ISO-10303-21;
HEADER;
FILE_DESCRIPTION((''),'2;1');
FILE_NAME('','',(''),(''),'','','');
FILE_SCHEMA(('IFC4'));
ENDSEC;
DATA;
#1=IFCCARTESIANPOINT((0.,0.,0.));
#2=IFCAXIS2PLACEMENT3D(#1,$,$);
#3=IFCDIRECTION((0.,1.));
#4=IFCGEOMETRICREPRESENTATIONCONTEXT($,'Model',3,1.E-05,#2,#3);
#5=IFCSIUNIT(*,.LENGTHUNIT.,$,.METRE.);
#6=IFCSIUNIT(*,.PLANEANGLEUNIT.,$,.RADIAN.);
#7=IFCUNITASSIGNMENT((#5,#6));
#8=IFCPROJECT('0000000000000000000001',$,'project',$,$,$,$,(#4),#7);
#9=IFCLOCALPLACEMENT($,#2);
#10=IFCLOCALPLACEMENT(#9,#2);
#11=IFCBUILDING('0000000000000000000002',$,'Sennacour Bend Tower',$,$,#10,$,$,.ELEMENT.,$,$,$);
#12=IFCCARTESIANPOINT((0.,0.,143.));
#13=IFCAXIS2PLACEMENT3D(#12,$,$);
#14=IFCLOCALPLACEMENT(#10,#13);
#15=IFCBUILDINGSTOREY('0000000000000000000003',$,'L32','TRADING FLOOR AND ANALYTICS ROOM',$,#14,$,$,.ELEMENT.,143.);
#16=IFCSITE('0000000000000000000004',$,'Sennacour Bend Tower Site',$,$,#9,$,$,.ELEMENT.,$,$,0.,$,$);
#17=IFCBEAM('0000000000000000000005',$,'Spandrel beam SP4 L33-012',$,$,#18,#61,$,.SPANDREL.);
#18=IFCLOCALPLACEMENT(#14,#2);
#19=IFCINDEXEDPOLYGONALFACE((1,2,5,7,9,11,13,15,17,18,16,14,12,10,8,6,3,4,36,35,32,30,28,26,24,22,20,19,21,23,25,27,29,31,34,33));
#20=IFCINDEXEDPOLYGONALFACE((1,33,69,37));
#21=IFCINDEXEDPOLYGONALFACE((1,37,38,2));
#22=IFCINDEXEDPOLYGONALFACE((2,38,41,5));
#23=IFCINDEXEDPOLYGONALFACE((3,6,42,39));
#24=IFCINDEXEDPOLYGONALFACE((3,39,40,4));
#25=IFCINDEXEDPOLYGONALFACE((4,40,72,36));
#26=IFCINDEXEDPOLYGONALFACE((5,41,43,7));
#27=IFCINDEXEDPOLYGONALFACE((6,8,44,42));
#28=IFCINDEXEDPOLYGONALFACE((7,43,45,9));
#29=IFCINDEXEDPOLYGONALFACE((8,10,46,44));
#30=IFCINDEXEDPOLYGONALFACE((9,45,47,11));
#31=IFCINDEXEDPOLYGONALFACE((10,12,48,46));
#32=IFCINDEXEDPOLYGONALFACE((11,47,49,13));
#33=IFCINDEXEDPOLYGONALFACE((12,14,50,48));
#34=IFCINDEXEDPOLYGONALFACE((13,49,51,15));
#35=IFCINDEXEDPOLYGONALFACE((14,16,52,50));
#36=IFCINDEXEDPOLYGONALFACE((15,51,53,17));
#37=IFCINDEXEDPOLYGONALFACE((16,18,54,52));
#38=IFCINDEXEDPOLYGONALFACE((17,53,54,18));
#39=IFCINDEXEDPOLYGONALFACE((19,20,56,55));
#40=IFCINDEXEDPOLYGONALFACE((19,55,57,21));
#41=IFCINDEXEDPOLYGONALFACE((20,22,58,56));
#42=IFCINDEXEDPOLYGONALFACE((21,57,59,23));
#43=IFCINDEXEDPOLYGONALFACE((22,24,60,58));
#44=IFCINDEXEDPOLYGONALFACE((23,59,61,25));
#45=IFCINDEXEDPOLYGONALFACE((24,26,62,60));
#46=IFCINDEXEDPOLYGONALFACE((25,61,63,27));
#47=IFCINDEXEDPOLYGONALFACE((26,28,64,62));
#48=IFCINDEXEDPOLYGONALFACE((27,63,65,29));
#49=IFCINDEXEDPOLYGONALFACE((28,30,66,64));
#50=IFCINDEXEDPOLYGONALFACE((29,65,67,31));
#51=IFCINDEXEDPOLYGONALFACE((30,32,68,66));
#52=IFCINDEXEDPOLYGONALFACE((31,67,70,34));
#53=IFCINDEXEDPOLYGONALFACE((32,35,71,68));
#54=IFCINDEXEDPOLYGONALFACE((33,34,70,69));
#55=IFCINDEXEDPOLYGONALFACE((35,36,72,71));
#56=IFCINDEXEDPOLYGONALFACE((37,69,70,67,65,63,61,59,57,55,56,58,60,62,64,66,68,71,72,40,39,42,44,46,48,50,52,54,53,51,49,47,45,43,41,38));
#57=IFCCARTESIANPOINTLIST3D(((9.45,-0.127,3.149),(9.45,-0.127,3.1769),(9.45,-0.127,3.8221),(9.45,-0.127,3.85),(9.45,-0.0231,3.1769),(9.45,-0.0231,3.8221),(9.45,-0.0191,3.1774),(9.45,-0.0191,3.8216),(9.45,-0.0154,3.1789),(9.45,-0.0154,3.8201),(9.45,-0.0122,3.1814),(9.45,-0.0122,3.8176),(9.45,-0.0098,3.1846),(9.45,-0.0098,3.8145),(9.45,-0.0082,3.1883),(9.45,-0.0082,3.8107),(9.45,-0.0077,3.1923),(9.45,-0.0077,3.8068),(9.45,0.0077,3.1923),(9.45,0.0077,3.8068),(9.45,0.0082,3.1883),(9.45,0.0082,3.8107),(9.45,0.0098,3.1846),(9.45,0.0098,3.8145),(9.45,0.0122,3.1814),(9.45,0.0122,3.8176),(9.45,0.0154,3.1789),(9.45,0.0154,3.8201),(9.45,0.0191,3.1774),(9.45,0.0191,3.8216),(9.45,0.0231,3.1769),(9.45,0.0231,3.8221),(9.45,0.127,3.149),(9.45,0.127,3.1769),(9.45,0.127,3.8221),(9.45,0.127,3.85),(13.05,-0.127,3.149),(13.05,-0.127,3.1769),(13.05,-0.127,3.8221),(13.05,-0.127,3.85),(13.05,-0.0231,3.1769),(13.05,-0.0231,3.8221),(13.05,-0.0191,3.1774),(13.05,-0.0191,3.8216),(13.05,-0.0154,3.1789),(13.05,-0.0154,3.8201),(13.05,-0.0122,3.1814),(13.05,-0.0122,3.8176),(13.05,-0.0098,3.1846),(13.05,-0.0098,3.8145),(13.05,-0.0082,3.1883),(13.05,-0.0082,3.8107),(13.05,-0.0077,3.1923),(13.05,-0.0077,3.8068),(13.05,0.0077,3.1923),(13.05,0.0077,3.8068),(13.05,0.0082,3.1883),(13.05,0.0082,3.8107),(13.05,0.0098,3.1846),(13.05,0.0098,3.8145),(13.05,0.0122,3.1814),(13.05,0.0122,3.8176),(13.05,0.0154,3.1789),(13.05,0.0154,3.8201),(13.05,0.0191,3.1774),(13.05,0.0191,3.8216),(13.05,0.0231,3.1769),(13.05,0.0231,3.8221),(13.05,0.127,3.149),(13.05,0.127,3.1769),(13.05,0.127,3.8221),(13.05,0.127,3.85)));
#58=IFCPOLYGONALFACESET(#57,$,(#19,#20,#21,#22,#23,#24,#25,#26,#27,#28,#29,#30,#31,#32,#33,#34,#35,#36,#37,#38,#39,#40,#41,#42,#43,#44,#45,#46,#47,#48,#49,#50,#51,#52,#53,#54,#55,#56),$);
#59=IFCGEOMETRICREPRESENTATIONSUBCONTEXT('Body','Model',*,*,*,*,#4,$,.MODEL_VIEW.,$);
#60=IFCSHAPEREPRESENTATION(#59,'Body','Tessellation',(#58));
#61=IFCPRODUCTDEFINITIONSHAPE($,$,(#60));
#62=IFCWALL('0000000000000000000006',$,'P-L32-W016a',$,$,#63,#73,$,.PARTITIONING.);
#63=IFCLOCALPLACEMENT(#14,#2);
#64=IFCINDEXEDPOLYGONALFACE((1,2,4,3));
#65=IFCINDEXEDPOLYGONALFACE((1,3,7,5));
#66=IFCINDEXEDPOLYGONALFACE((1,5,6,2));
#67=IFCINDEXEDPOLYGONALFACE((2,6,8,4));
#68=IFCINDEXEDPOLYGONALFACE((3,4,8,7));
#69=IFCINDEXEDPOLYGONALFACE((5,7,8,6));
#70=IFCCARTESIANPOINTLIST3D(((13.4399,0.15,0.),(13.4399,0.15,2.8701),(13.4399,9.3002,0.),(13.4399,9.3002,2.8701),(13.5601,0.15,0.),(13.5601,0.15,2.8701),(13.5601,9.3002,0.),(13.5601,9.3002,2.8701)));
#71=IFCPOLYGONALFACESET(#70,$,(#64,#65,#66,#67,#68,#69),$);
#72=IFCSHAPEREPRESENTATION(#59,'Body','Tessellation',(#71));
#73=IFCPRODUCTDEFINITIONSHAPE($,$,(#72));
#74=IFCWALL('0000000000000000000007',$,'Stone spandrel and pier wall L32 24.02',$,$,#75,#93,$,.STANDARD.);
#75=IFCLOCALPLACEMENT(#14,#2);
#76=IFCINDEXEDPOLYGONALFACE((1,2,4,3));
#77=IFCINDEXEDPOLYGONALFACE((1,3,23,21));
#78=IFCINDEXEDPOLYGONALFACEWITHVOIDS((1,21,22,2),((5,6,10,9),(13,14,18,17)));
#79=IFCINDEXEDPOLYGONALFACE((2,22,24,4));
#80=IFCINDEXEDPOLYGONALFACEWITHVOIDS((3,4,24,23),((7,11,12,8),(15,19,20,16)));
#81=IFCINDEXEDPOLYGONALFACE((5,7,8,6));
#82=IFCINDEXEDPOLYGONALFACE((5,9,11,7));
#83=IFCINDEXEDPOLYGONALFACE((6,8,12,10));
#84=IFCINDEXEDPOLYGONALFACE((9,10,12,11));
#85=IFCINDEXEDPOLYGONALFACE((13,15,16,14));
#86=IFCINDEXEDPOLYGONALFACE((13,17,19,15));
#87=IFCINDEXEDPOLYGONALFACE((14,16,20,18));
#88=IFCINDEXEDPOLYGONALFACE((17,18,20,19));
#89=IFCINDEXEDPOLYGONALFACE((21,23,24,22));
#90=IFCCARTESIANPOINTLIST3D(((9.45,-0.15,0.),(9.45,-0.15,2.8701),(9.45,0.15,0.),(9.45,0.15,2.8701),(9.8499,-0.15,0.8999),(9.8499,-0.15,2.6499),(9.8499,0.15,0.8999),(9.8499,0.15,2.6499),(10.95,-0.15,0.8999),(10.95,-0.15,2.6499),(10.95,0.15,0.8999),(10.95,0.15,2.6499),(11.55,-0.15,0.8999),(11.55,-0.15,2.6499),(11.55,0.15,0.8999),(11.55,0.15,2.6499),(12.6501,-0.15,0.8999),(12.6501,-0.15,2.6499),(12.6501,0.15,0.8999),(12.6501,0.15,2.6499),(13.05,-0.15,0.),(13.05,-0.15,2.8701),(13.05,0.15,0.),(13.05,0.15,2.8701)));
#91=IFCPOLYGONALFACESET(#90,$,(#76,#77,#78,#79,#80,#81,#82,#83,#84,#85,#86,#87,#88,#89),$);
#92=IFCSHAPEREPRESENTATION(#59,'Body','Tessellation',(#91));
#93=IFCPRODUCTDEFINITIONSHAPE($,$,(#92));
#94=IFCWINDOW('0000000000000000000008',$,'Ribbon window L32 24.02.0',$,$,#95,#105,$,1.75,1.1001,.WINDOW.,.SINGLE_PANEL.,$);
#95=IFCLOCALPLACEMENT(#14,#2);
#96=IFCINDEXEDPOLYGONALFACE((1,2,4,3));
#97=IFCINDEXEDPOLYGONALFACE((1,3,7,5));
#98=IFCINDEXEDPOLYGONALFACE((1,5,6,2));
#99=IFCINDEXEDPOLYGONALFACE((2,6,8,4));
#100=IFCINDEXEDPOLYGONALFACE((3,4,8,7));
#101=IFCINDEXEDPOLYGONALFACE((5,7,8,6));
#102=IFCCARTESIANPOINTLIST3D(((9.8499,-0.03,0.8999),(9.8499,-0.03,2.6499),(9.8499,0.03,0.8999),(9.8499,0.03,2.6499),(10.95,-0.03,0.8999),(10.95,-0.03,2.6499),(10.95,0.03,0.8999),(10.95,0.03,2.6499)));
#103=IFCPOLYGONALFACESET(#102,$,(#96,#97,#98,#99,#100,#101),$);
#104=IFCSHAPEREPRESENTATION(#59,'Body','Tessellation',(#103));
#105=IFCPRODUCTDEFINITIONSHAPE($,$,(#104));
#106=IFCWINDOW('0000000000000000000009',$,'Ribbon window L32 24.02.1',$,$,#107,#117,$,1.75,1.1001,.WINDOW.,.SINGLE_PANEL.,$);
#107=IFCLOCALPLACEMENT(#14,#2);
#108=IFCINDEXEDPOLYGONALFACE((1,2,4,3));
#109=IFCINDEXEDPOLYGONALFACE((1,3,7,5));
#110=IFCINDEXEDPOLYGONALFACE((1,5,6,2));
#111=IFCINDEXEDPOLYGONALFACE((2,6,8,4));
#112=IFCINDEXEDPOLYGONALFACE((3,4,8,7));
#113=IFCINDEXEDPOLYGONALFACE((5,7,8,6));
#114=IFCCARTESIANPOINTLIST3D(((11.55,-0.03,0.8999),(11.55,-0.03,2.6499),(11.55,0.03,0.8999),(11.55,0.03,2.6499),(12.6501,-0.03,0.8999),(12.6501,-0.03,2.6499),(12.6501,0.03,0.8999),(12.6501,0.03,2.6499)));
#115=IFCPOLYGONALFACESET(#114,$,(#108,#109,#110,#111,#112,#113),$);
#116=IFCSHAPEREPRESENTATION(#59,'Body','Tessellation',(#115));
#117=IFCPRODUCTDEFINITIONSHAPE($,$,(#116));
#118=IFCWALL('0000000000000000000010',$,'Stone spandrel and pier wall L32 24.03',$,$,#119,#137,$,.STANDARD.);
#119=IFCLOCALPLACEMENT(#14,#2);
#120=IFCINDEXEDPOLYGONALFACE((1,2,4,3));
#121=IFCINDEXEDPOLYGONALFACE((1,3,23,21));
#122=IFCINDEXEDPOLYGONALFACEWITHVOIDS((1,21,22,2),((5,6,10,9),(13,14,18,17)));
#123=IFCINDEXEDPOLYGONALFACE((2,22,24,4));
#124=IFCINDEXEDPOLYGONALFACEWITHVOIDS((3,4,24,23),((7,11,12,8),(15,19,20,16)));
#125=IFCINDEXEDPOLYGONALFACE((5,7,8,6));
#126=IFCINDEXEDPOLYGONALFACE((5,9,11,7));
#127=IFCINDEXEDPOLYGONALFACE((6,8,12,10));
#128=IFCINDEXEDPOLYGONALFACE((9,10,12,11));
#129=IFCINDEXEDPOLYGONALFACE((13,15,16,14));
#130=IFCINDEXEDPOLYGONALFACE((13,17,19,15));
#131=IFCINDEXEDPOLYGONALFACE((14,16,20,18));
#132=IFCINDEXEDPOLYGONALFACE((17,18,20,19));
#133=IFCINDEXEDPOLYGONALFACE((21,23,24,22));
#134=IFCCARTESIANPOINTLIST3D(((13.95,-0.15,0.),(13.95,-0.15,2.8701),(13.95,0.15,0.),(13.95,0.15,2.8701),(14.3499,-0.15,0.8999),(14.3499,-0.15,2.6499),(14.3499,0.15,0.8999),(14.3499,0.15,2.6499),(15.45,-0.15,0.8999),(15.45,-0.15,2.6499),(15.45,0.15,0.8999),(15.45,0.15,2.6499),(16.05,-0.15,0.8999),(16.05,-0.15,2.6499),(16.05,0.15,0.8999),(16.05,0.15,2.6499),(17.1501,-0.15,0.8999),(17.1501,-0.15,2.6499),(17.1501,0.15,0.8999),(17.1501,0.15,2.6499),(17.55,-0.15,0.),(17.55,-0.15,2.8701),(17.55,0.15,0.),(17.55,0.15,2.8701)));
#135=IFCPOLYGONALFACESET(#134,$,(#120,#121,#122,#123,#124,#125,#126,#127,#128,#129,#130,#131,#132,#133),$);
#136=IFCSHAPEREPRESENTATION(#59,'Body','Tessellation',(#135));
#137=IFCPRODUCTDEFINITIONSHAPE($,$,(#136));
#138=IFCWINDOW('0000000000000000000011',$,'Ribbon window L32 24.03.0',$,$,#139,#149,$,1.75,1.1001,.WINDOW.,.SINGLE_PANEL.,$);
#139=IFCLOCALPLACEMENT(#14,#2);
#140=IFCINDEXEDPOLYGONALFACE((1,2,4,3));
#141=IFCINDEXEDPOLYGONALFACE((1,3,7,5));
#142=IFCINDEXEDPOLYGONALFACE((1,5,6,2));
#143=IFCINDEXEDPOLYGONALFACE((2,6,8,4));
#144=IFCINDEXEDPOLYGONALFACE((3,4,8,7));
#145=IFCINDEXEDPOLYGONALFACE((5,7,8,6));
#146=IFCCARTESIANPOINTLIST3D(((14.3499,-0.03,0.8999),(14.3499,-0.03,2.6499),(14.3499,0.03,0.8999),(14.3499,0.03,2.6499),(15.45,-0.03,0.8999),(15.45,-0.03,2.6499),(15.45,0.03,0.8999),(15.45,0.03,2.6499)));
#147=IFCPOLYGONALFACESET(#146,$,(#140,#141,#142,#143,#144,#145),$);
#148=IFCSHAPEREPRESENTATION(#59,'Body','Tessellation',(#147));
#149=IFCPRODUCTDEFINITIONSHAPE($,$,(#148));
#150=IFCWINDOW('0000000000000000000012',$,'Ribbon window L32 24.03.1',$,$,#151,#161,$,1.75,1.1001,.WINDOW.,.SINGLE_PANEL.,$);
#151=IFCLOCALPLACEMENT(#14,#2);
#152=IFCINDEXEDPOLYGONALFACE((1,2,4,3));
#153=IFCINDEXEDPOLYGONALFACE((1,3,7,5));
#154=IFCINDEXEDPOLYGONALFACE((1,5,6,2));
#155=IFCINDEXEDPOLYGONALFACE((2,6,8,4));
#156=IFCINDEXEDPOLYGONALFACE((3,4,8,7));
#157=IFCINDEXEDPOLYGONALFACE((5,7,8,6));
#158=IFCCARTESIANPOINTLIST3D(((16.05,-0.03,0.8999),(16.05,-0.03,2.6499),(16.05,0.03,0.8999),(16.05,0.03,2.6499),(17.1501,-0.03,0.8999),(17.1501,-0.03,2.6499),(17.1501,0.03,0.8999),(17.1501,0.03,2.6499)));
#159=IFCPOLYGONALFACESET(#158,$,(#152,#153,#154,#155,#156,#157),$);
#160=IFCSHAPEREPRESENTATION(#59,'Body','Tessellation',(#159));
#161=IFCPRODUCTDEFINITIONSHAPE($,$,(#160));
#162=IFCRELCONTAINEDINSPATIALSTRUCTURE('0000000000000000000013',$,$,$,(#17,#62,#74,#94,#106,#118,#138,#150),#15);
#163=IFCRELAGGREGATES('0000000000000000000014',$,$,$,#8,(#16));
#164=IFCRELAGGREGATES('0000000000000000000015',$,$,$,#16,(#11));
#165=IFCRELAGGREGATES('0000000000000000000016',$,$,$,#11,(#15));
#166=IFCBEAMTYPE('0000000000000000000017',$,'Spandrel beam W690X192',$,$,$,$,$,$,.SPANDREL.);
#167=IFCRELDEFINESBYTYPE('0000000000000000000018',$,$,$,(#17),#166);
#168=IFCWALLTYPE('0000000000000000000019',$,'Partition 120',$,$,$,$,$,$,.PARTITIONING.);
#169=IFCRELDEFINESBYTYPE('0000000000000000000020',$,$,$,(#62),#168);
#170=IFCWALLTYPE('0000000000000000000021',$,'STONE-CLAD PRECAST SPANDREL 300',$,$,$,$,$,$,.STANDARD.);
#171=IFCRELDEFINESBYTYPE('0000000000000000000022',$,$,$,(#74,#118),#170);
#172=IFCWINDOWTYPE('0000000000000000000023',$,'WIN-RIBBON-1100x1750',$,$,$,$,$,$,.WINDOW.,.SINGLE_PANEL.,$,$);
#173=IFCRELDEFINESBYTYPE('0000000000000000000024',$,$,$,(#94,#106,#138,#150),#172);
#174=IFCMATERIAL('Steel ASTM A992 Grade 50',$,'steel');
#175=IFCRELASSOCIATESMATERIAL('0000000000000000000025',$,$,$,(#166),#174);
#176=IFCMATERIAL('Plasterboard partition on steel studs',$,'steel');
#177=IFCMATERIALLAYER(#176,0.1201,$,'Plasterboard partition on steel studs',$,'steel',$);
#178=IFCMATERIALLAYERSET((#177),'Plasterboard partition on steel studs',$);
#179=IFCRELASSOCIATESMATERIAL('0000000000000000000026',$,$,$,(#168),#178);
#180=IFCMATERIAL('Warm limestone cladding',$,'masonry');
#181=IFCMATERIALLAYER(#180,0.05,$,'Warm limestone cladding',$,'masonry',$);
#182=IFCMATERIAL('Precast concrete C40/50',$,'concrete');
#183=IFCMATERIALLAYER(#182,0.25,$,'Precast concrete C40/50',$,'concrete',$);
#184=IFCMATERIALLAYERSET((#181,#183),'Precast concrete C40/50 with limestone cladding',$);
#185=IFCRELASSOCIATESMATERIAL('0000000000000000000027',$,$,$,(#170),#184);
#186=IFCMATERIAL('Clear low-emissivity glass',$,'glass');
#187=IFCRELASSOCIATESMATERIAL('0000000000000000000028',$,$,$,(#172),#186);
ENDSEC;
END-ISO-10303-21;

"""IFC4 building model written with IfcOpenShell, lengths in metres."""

from ifc_helpers import new_model, si_unit, direction, frame, frame_2d, origin, origin_2d, place, context, subcontext, project, spatial, rectangle, i_section, extrude, material, layer, layer_set, material_profile, profile_set, type_object, element, fill, save


model = new_model("IFC4")

# Units and contexts
model_context = context("Model", 3, precision=1e-05, world=origin(), true_north=direction((0.0, 1.0)))
body_context = subcontext(model_context, "Body", "Model", "MODEL_VIEW")
ifc_project = project(units=[si_unit("LENGTHUNIT", "METRE"), si_unit("PLANEANGLEUNIT", "RADIAN")], contexts=[model_context])

# Site, building, storey
site_placement = place(None, origin())
site = spatial("IfcSite", under=ifc_project, at=site_placement, Name="Sennacour Bend Tower Site", CompositionType="ELEMENT", RefElevation=0.0)
building_placement = place(site_placement, origin())
building = spatial("IfcBuilding", under=site, at=building_placement, Name="Sennacour Bend Tower", CompositionType="ELEMENT")
storey_placement = place(building_placement, frame((0.0, 0.0, 143.0)))
storey = spatial("IfcBuildingStorey", under=building, at=storey_placement, Name="L32", Description="TRADING FLOOR AND ANALYTICS ROOM", CompositionType="ELEMENT", Elevation=143.0)

# Beam
ifc_material_1 = material(Name="Steel ASTM A992 Grade 50", Category="steel")
ifc_material_profile_1 = material_profile(ifc_material_1, i_section(OverallWidth=0.2539, OverallDepth=0.7009, WebThickness=0.0154, FlangeThickness=0.0278, FilletRadius=0.0154, at=origin_2d()), Name="Steel ASTM A992 Grade 50", Category="steel")
ifc_profile_set_1 = profile_set([ifc_material_profile_1], Name="Steel ASTM A992 Grade 50")
beam_type_1 = type_object("IfcBeamType", Name="Spandrel beam W690X192", PredefinedType="SPANDREL", material=ifc_profile_set_1)
for number, where, z_axis, x_axis, name in (
    (1, (13.05, 0.0, 3.4995), (-1.0, 0.0, 0.0), (0.0, -1.0, 0.0), "Spandrel beam SP4 L33-012"),
):
    element("IfcBeam", number, at=place(storey_placement, frame(where, z_axis=z_axis, x_axis=x_axis)), inside=storey, type_object=beam_type_1, Name=name, PredefinedType="SPANDREL", context=body_context, shape_type="SweptSolid", body=[
        extrude(i_section(OverallWidth=0.2539, OverallDepth=0.7009, WebThickness=0.0154, FlangeThickness=0.0278, FilletRadius=0.0154, at=origin_2d()), origin(), (0.0, 0.0, 1.0), 3.6001),
    ])

# Wall
ifc_material_2 = material(Name="Plasterboard partition on steel studs", Category="steel")
ifc_layer_1 = layer(ifc_material_2, 0.1201, Name="Plasterboard partition on steel studs", Category="steel")
ifc_layer_set_1 = layer_set([ifc_layer_1], Name="Plasterboard partition on steel studs")
wall_type_1 = type_object("IfcWallType", Name="Partition 120", PredefinedType="PARTITIONING", material=ifc_layer_set_1)
wall_1_placement = place(storey_placement, frame((13.5, 0.1499, 0.0), z_axis=(0.0, 0.0, 1.0), x_axis=(0.0, 1.0, 0.0)))
element("IfcWall", 2, at=wall_1_placement, inside=storey, type_object=wall_type_1, Name="P-L32-W016a", PredefinedType="PARTITIONING", context=body_context, shape_type="SweptSolid", body=[
    extrude(rectangle(XDim=9.1501, YDim=0.1201, at=frame_2d((4.5752, 0.0))), origin(), (0.0, 0.0, 1.0), 2.8701),
])

# Walls, openings, windows
ifc_material_3 = material(Name="Warm limestone cladding", Category="masonry")
ifc_layer_2 = layer(ifc_material_3, 0.05, Name="Warm limestone cladding", Category="masonry")
ifc_material_4 = material(Name="Precast concrete C40/50", Category="concrete")
ifc_layer_3 = layer(ifc_material_4, 0.25, Name="Precast concrete C40/50", Category="concrete")
ifc_layer_set_2 = layer_set([ifc_layer_2, ifc_layer_3], Name="Precast concrete C40/50 with limestone cladding")
wall_type_2 = type_object("IfcWallType", Name="STONE-CLAD PRECAST SPANDREL 300", PredefinedType="STANDARD", material=ifc_layer_set_2)
wall_2_placement = place(storey_placement, frame((9.45, 0.0, 0.0), z_axis=(0.0, 0.0, 1.0), x_axis=(1.0, 0.0, 0.0)))
wall_2 = element("IfcWall", 3, at=wall_2_placement, inside=storey, type_object=wall_type_2, Name="Stone spandrel and pier wall L32 24.02", PredefinedType="STANDARD", context=body_context, shape_type="SweptSolid", body=[
    extrude(rectangle(XDim=3.6001, YDim=0.3, at=frame_2d((1.8, 0.0))), origin(), (0.0, 0.0, 1.0), 2.8701),
])
opening_1_placement = place(wall_2_placement, frame((0.3999, 0.0, 0.8999)))
opening_1 = element("IfcOpeningElement", 4, at=opening_1_placement, cuts=wall_2, PredefinedType="OPENING", context=body_context, shape_type="SweptSolid", body=[
    extrude(rectangle(XDim=1.1001, YDim=1.75, at=frame_2d((0.55, 0.875))), frame((0.0, 0.1602, 0.0), z_axis=(0.0, -1.0, 0.0), x_axis=(1.0, 0.0, 0.0)), (0.0, 0.0, 1.0), 0.3201),
])
opening_2_placement = place(wall_2_placement, frame((2.1001, 0.0, 0.8999)))
opening_2 = element("IfcOpeningElement", 5, at=opening_2_placement, cuts=wall_2, PredefinedType="OPENING", context=body_context, shape_type="SweptSolid", body=[
    extrude(rectangle(XDim=1.1001, YDim=1.75, at=frame_2d((0.55, 0.875))), frame((0.0, 0.1602, 0.0), z_axis=(0.0, -1.0, 0.0), x_axis=(1.0, 0.0, 0.0)), (0.0, 0.0, 1.0), 0.3201),
])
ifc_material_5 = material(Name="Clear low-emissivity glass", Category="glass")
window_type = type_object("IfcWindowType", Name="WIN-RIBBON-1100x1750", PartitioningType="SINGLE_PANEL", PredefinedType="WINDOW", material=ifc_material_5)
window_1_placement = place(opening_1_placement, origin())
window_1 = element("IfcWindow", 6, at=window_1_placement, inside=storey, type_object=window_type, Name="Ribbon window L32 24.02.0", OverallHeight=1.75, OverallWidth=1.1001, PartitioningType="SINGLE_PANEL", PredefinedType="WINDOW", context=body_context, shape_type="SweptSolid", body=[
    extrude(rectangle(XDim=1.1001, YDim=1.75, at=frame_2d((0.55, 0.875))), frame((0.0, 0.03, 0.0), z_axis=(0.0, -1.0, 0.0), x_axis=(1.0, 0.0, 0.0)), (0.0, 0.0, 1.0), 0.0601),
])
fill(opening_1, window_1)
window_2_placement = place(opening_2_placement, origin())
window_2 = element("IfcWindow", 7, at=window_2_placement, inside=storey, type_object=window_type, Name="Ribbon window L32 24.02.1", OverallHeight=1.75, OverallWidth=1.1001, PartitioningType="SINGLE_PANEL", PredefinedType="WINDOW", context=body_context, shape_type="SweptSolid", body=[
    extrude(rectangle(XDim=1.1001, YDim=1.75, at=frame_2d((0.55, 0.875))), frame((0.0, 0.03, 0.0), z_axis=(0.0, -1.0, 0.0), x_axis=(1.0, 0.0, 0.0)), (0.0, 0.0, 1.0), 0.0601),
])
fill(opening_2, window_2)
wall_3_placement = place(storey_placement, frame((13.95, 0.0, 0.0), z_axis=(0.0, 0.0, 1.0), x_axis=(1.0, 0.0, 0.0)))
wall_3 = element("IfcWall", 8, at=wall_3_placement, inside=storey, type_object=wall_type_2, Name="Stone spandrel and pier wall L32 24.03", PredefinedType="STANDARD", context=body_context, shape_type="SweptSolid", body=[
    extrude(rectangle(XDim=3.6001, YDim=0.3, at=frame_2d((1.8, 0.0))), origin(), (0.0, 0.0, 1.0), 2.8701),
])
opening_3_placement = place(wall_3_placement, frame((0.3999, 0.0, 0.8999)))
opening_3 = element("IfcOpeningElement", 9, at=opening_3_placement, cuts=wall_3, PredefinedType="OPENING", context=body_context, shape_type="SweptSolid", body=[
    extrude(rectangle(XDim=1.1001, YDim=1.75, at=frame_2d((0.55, 0.875))), frame((0.0, 0.1602, 0.0), z_axis=(0.0, -1.0, 0.0), x_axis=(1.0, 0.0, 0.0)), (0.0, 0.0, 1.0), 0.3201),
])
opening_4_placement = place(wall_3_placement, frame((2.1001, 0.0, 0.8999)))
opening_4 = element("IfcOpeningElement", 10, at=opening_4_placement, cuts=wall_3, PredefinedType="OPENING", context=body_context, shape_type="SweptSolid", body=[
    extrude(rectangle(XDim=1.1001, YDim=1.75, at=frame_2d((0.55, 0.875))), frame((0.0, 0.1602, 0.0), z_axis=(0.0, -1.0, 0.0), x_axis=(1.0, 0.0, 0.0)), (0.0, 0.0, 1.0), 0.3201),
])
window_3_placement = place(opening_3_placement, origin())
window_3 = element("IfcWindow", 11, at=window_3_placement, inside=storey, type_object=window_type, Name="Ribbon window L32 24.03.0", OverallHeight=1.75, OverallWidth=1.1001, PartitioningType="SINGLE_PANEL", PredefinedType="WINDOW", context=body_context, shape_type="SweptSolid", body=[
    extrude(rectangle(XDim=1.1001, YDim=1.75, at=frame_2d((0.55, 0.875))), frame((0.0, 0.03, 0.0), z_axis=(0.0, -1.0, 0.0), x_axis=(1.0, 0.0, 0.0)), (0.0, 0.0, 1.0), 0.0601),
])
fill(opening_3, window_3)
window_4_placement = place(opening_4_placement, origin())
window_4 = element("IfcWindow", 12, at=window_4_placement, inside=storey, type_object=window_type, Name="Ribbon window L32 24.03.1", OverallHeight=1.75, OverallWidth=1.1001, PartitioningType="SINGLE_PANEL", PredefinedType="WINDOW", context=body_context, shape_type="SweptSolid", body=[
    extrude(rectangle(XDim=1.1001, YDim=1.75, at=frame_2d((0.55, 0.875))), frame((0.0, 0.03, 0.0), z_axis=(0.0, -1.0, 0.0), x_axis=(1.0, 0.0, 0.0)), (0.0, 0.0, 1.0), 0.0601),
])
fill(opening_4, window_4)

save(model, "model.ifc")
